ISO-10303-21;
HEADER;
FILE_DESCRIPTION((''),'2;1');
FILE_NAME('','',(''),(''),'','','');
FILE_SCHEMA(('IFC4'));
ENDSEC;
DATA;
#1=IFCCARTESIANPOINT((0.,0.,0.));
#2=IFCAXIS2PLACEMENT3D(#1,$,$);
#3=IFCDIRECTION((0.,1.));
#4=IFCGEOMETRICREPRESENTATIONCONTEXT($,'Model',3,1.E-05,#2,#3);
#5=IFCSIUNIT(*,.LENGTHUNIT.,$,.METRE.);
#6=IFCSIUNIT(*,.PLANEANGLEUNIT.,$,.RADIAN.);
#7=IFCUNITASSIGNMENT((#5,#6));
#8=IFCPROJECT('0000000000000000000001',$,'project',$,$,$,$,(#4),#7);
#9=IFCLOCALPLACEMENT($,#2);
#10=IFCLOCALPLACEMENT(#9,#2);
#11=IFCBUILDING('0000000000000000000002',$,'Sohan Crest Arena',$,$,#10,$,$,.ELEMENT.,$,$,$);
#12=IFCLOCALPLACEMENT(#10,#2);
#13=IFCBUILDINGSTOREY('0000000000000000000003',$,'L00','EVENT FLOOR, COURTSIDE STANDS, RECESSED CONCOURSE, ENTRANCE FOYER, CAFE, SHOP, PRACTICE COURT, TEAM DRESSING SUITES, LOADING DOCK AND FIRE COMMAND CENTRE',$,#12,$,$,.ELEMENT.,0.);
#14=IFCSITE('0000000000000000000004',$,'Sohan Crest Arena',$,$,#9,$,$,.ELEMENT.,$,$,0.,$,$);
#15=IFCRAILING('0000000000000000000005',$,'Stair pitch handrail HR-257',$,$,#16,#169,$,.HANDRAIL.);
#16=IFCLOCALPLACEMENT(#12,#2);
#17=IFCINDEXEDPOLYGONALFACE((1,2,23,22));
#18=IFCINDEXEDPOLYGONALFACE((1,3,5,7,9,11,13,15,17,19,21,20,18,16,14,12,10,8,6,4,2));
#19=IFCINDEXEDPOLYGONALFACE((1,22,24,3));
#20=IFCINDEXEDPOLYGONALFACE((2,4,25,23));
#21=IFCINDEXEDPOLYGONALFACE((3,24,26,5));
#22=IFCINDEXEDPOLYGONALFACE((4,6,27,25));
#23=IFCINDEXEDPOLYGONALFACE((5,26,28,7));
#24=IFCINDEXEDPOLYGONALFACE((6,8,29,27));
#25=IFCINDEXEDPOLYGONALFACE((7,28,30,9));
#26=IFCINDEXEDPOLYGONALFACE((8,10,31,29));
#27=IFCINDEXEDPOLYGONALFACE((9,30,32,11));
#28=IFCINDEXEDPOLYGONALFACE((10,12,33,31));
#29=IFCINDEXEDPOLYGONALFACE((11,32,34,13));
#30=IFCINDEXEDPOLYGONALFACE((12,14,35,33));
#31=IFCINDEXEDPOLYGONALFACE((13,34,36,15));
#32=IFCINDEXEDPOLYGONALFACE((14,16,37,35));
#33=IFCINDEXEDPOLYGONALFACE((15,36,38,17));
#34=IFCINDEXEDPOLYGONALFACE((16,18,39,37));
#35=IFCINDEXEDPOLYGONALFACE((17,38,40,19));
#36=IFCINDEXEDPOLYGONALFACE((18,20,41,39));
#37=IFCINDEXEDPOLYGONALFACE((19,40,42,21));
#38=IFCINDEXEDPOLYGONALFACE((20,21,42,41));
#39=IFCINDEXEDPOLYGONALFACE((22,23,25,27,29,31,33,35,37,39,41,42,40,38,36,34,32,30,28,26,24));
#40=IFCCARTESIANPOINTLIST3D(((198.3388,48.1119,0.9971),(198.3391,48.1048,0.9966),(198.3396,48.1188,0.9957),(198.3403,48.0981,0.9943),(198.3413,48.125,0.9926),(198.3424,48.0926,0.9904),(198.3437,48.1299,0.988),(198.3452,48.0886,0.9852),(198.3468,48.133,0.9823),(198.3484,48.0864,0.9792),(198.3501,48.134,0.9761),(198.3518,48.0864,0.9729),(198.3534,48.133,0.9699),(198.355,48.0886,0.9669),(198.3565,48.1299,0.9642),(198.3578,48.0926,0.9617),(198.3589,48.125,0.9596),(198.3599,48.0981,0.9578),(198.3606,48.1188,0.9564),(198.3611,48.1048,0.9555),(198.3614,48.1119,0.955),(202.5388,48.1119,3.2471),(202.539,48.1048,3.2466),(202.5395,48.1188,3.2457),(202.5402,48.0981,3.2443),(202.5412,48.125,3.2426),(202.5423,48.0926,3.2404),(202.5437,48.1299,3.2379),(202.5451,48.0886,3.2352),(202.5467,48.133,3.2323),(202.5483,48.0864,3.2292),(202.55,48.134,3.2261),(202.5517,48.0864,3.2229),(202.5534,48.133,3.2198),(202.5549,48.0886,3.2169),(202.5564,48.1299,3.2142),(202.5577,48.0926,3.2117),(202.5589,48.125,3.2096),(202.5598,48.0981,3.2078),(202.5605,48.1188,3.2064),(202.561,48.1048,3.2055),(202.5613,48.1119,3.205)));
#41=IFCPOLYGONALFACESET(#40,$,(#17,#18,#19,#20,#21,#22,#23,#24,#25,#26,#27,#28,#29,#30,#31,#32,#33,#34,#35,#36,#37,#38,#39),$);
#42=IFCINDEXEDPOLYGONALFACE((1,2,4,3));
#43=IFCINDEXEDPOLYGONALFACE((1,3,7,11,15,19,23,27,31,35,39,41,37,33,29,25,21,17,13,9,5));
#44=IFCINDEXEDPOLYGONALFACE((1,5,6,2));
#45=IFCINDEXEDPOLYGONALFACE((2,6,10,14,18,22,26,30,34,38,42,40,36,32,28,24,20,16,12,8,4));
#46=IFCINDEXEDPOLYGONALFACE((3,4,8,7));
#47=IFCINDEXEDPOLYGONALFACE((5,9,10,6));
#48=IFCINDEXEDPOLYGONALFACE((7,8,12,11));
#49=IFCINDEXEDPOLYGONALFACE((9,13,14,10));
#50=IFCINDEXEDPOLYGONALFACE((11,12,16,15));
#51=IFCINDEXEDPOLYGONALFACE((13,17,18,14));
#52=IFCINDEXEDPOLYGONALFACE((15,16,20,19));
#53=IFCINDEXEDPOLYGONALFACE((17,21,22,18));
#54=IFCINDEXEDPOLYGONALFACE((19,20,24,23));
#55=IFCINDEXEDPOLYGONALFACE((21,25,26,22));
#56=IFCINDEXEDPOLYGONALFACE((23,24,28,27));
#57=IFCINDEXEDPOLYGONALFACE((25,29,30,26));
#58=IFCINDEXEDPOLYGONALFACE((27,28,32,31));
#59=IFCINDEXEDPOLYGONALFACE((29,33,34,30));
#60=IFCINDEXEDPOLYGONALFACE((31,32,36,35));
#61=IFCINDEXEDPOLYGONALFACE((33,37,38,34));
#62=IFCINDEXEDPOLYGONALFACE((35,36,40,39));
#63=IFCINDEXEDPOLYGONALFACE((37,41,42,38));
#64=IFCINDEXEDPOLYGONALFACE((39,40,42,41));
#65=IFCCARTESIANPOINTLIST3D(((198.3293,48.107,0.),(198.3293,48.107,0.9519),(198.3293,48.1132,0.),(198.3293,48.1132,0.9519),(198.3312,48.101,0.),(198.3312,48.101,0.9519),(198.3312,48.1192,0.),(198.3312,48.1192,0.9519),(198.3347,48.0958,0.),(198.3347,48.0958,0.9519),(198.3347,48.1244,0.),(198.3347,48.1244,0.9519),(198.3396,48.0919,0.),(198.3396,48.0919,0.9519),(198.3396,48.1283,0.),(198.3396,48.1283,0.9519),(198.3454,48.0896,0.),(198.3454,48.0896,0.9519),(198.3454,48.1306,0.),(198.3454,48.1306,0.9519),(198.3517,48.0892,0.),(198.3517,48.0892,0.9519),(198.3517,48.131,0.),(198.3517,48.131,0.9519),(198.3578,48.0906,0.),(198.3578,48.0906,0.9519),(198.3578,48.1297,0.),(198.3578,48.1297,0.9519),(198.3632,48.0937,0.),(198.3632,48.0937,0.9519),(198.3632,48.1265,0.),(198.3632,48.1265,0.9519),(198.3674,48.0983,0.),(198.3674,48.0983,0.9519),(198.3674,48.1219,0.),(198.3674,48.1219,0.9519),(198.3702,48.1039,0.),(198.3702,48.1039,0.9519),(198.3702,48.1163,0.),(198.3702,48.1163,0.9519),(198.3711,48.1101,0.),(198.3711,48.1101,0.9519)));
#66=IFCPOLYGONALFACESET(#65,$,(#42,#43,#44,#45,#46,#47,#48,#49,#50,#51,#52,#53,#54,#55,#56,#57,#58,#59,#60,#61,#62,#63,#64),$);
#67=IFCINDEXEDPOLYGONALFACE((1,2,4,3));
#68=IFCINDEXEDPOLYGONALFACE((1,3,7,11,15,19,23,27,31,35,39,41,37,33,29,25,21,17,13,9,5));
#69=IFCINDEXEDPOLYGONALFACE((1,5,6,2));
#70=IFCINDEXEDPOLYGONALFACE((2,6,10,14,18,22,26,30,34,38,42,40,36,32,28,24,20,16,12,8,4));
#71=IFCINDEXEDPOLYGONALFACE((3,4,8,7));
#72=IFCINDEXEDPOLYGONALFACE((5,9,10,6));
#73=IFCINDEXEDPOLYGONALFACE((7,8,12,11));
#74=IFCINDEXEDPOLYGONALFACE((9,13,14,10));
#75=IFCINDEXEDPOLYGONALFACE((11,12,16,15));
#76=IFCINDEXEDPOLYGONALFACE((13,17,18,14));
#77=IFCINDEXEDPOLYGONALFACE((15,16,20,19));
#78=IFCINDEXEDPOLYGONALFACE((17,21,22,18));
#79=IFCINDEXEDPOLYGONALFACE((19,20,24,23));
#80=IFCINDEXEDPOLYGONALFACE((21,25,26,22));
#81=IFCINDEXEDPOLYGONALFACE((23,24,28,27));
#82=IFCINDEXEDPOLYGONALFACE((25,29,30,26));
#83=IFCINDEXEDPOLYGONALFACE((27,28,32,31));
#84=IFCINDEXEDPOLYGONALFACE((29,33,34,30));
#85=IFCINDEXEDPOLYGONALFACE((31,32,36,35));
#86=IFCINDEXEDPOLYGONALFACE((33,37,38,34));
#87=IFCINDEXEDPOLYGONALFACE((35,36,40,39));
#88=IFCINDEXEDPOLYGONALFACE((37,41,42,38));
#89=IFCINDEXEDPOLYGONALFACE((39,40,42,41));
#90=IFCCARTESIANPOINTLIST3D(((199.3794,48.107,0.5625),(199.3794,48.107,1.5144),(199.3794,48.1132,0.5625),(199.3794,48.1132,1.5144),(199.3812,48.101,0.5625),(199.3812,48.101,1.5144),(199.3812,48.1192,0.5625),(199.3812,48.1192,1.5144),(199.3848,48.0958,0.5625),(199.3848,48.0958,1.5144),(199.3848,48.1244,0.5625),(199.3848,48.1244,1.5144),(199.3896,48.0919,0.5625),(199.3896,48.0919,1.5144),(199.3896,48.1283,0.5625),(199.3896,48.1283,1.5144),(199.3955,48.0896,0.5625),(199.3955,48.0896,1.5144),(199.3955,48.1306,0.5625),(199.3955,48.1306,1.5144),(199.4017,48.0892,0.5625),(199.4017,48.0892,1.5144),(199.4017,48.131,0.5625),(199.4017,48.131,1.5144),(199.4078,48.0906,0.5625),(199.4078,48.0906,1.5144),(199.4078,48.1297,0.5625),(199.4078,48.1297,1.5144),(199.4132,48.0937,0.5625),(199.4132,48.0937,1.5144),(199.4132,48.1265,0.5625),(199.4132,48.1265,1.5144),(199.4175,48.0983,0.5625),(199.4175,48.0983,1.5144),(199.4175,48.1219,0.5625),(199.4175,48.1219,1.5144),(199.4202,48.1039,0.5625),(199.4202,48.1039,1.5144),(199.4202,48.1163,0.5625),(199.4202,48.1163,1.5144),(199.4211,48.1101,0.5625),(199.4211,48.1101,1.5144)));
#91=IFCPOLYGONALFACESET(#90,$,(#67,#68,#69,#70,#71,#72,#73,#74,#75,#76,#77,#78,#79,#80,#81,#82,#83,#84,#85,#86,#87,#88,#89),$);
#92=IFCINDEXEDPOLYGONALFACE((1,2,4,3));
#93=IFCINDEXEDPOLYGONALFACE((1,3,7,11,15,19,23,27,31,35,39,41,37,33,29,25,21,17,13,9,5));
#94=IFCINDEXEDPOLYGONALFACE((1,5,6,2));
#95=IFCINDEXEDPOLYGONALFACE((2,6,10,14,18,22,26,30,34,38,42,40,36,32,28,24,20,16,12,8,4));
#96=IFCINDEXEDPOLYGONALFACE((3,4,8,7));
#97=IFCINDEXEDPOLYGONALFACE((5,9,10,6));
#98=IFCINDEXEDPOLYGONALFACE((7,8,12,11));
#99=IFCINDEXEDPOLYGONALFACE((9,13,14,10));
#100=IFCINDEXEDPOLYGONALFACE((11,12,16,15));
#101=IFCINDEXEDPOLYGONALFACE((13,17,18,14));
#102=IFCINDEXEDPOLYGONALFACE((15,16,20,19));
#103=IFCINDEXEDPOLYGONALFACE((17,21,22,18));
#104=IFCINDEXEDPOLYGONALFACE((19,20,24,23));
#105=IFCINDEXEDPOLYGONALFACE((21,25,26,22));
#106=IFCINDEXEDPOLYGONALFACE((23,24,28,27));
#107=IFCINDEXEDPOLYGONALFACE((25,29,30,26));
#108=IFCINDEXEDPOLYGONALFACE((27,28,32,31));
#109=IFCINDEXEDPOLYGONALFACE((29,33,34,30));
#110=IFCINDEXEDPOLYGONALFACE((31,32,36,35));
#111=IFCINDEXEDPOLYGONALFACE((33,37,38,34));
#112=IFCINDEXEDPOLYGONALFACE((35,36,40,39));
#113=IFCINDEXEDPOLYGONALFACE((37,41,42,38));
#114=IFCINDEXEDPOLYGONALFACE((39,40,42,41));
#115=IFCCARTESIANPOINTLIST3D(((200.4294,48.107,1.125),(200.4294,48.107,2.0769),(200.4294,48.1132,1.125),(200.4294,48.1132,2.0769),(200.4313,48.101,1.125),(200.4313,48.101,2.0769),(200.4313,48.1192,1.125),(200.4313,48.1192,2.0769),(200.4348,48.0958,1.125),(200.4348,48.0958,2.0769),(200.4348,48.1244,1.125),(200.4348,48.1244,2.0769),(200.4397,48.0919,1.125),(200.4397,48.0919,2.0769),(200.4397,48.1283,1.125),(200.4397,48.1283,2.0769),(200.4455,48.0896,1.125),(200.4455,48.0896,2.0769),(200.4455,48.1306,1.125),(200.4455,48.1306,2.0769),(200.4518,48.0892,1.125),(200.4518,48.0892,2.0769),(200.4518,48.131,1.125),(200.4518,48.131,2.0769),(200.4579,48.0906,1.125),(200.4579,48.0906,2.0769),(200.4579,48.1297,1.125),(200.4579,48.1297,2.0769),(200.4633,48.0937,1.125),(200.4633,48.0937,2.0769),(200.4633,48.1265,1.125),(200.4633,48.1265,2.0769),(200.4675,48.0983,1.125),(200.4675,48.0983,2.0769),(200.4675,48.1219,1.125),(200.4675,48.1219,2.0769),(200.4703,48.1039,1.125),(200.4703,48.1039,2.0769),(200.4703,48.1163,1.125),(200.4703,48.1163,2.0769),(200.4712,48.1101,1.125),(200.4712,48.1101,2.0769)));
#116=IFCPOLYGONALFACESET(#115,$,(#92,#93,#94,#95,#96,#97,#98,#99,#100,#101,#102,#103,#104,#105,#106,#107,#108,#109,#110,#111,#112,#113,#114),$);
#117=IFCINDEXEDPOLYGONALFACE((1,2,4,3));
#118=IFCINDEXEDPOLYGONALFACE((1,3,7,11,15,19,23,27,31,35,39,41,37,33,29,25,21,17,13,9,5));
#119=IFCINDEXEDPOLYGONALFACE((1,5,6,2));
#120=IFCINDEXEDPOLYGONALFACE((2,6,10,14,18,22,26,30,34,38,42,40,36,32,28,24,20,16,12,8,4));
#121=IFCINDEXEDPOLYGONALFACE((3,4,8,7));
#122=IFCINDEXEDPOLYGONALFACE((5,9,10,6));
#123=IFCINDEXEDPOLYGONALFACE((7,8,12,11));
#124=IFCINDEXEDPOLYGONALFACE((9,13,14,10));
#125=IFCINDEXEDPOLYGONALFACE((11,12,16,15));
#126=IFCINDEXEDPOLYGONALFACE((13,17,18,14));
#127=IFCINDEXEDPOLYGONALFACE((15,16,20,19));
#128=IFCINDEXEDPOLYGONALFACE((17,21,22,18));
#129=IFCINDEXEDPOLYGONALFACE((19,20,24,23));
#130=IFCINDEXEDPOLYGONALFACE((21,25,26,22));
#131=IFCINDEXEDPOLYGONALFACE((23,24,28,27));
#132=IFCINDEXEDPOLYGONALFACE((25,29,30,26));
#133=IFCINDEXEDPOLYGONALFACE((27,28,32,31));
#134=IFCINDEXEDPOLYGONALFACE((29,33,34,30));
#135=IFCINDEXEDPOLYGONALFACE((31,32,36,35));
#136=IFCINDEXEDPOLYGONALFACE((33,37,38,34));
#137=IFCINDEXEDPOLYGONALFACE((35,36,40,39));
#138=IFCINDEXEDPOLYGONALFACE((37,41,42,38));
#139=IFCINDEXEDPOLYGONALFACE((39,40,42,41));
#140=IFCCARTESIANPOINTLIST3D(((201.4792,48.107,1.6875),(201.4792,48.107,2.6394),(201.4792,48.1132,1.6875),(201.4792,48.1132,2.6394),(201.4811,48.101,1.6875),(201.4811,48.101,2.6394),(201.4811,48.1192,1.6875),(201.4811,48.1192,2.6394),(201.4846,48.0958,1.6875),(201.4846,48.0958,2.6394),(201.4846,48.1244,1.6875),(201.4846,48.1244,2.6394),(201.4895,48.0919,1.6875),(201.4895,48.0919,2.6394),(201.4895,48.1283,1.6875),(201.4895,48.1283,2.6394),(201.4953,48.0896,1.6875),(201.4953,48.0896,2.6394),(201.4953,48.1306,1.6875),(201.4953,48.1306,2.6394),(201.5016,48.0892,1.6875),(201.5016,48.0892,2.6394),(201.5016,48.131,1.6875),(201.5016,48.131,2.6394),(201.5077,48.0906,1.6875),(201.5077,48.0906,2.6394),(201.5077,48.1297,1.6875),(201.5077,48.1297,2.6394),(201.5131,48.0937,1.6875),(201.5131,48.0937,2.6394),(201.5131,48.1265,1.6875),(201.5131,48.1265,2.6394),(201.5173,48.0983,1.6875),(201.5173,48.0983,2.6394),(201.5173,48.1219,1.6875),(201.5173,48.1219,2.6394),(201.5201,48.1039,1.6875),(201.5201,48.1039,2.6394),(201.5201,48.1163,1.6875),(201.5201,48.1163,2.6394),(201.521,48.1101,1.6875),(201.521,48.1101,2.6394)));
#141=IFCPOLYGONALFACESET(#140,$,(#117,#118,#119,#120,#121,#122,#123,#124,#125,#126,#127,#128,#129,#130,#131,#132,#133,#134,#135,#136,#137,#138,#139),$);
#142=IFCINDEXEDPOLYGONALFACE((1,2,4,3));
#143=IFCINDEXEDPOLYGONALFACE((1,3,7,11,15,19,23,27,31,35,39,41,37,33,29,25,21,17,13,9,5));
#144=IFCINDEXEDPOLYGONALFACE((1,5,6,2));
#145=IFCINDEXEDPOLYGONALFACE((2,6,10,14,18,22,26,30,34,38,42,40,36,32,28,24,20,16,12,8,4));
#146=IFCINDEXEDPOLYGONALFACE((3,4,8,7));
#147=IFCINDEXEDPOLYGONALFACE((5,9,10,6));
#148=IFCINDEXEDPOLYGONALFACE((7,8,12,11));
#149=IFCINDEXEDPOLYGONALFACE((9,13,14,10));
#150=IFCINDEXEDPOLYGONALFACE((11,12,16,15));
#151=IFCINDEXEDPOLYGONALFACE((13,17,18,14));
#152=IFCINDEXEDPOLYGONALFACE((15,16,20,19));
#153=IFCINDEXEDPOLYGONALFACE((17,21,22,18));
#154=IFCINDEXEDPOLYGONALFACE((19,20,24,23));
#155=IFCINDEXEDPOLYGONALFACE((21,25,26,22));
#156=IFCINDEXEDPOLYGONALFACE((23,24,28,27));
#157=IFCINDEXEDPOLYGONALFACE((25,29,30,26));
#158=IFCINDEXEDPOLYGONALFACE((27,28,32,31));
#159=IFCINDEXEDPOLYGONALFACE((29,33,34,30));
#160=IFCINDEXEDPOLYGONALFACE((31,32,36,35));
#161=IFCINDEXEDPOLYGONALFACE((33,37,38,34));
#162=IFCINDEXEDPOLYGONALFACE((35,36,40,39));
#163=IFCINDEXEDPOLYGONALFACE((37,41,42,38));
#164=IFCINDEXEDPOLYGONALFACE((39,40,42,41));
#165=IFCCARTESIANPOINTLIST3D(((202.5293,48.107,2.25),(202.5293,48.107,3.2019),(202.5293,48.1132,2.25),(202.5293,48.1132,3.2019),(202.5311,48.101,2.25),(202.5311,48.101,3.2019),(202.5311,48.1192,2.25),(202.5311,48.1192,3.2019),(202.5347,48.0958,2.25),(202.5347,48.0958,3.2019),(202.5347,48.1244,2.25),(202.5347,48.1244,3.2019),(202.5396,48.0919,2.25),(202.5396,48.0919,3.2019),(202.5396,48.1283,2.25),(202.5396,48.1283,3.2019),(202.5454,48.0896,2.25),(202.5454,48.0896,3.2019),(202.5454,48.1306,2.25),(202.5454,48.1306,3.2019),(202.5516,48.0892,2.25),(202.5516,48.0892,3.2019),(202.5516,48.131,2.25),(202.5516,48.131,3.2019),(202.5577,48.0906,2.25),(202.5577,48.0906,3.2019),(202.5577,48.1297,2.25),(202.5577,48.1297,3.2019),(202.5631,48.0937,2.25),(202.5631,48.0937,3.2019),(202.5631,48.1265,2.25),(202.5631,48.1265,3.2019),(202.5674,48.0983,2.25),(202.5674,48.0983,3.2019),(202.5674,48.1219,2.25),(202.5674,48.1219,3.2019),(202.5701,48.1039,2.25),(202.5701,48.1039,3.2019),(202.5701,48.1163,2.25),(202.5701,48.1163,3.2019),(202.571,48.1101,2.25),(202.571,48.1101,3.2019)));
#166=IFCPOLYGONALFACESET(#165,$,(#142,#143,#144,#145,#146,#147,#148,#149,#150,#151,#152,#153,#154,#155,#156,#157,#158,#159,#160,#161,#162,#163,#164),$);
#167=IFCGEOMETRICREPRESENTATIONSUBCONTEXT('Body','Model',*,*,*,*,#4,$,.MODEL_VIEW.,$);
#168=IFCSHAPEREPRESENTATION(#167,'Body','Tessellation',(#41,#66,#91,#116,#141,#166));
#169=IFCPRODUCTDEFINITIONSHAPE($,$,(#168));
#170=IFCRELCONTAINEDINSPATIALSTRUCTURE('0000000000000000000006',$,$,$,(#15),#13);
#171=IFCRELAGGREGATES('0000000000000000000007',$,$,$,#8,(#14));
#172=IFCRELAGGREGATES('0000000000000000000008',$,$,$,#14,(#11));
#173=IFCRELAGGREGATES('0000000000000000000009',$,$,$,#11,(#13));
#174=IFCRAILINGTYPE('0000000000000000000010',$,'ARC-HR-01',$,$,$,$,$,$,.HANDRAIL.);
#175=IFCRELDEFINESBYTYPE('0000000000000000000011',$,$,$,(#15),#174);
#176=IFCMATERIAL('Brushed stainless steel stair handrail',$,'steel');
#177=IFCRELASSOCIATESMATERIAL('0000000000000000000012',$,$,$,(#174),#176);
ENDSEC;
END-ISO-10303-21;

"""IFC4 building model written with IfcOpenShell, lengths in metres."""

from ifc_helpers import new_model, si_unit, direction, frame, origin, origin_2d, place, context, subcontext, project, spatial, circle, extrude, material, type_object, element, save


model = new_model("IFC4")

# Units and contexts
model_context = context("Model", 3, precision=1e-05, world=origin(), true_north=direction((0.0, 1.0)))
body_context = subcontext(model_context, "Body", "Model", "MODEL_VIEW")
ifc_project = project(units=[si_unit("LENGTHUNIT", "METRE"), si_unit("PLANEANGLEUNIT", "RADIAN")], contexts=[model_context])

# Site, building, storey
site_placement = place(None, origin())
site = spatial("IfcSite", under=ifc_project, at=site_placement, Name="Sohan Crest Arena", CompositionType="ELEMENT", RefElevation=0.0)
building_placement = place(site_placement, origin())
building = spatial("IfcBuilding", under=site, at=building_placement, Name="Sohan Crest Arena", CompositionType="ELEMENT")
storey_placement = place(building_placement, origin())
storey = spatial("IfcBuildingStorey", under=building, at=storey_placement, Name="L00", Description="EVENT FLOOR, COURTSIDE STANDS, RECESSED CONCOURSE, ENTRANCE FOYER, CAFE, SHOP, PRACTICE COURT, TEAM DRESSING SUITES, LOADING DOCK AND FIRE COMMAND CENTRE", CompositionType="ELEMENT", Elevation=0.0)

# Railing
ifc_material_1 = material(Name="Brushed stainless steel stair handrail", Category="steel")
railing_type_1 = type_object("IfcRailingType", Name="ARC-HR-01", PredefinedType="HANDRAIL", material=ifc_material_1)
for number, where, name in (
    (1, (198.3501, 48.1101, 0.0), "Stair pitch handrail HR-257"),
):
    element("IfcRailing", number, at=place(storey_placement, frame(where)), inside=storey, type_object=railing_type_1, Name=name, PredefinedType="HANDRAIL", context=body_context, shape_type="SweptSolid", body=[
        extrude(circle(Radius=0.0239, at=origin_2d()), frame((0.0, 0.0, 0.9761), z_axis=(0.881478, 0.0, 0.472226), x_axis=(0.0, 1.0, 0.0)), (0.0, 0.0, 1.0), 4.7646),
        extrude(circle(Radius=0.021, at=origin_2d()), origin(), (0.0, 0.0, 1.0), 0.9519),
        extrude(circle(Radius=0.021, at=origin_2d()), frame((1.05, 0.0, 0.5625)), (0.0, 0.0, 1.0), 0.9519),
        extrude(circle(Radius=0.021, at=origin_2d()), frame((2.1001, 0.0, 1.125)), (0.0, 0.0, 1.0), 0.9519),
        extrude(circle(Radius=0.021, at=origin_2d()), frame((3.1499, 0.0, 1.6875)), (0.0, 0.0, 1.0), 0.9519),
        extrude(circle(Radius=0.021, at=origin_2d()), frame((4.2, 0.0, 2.25)), (0.0, 0.0, 1.0), 0.9519),
    ])

save(model, "model.ifc")
